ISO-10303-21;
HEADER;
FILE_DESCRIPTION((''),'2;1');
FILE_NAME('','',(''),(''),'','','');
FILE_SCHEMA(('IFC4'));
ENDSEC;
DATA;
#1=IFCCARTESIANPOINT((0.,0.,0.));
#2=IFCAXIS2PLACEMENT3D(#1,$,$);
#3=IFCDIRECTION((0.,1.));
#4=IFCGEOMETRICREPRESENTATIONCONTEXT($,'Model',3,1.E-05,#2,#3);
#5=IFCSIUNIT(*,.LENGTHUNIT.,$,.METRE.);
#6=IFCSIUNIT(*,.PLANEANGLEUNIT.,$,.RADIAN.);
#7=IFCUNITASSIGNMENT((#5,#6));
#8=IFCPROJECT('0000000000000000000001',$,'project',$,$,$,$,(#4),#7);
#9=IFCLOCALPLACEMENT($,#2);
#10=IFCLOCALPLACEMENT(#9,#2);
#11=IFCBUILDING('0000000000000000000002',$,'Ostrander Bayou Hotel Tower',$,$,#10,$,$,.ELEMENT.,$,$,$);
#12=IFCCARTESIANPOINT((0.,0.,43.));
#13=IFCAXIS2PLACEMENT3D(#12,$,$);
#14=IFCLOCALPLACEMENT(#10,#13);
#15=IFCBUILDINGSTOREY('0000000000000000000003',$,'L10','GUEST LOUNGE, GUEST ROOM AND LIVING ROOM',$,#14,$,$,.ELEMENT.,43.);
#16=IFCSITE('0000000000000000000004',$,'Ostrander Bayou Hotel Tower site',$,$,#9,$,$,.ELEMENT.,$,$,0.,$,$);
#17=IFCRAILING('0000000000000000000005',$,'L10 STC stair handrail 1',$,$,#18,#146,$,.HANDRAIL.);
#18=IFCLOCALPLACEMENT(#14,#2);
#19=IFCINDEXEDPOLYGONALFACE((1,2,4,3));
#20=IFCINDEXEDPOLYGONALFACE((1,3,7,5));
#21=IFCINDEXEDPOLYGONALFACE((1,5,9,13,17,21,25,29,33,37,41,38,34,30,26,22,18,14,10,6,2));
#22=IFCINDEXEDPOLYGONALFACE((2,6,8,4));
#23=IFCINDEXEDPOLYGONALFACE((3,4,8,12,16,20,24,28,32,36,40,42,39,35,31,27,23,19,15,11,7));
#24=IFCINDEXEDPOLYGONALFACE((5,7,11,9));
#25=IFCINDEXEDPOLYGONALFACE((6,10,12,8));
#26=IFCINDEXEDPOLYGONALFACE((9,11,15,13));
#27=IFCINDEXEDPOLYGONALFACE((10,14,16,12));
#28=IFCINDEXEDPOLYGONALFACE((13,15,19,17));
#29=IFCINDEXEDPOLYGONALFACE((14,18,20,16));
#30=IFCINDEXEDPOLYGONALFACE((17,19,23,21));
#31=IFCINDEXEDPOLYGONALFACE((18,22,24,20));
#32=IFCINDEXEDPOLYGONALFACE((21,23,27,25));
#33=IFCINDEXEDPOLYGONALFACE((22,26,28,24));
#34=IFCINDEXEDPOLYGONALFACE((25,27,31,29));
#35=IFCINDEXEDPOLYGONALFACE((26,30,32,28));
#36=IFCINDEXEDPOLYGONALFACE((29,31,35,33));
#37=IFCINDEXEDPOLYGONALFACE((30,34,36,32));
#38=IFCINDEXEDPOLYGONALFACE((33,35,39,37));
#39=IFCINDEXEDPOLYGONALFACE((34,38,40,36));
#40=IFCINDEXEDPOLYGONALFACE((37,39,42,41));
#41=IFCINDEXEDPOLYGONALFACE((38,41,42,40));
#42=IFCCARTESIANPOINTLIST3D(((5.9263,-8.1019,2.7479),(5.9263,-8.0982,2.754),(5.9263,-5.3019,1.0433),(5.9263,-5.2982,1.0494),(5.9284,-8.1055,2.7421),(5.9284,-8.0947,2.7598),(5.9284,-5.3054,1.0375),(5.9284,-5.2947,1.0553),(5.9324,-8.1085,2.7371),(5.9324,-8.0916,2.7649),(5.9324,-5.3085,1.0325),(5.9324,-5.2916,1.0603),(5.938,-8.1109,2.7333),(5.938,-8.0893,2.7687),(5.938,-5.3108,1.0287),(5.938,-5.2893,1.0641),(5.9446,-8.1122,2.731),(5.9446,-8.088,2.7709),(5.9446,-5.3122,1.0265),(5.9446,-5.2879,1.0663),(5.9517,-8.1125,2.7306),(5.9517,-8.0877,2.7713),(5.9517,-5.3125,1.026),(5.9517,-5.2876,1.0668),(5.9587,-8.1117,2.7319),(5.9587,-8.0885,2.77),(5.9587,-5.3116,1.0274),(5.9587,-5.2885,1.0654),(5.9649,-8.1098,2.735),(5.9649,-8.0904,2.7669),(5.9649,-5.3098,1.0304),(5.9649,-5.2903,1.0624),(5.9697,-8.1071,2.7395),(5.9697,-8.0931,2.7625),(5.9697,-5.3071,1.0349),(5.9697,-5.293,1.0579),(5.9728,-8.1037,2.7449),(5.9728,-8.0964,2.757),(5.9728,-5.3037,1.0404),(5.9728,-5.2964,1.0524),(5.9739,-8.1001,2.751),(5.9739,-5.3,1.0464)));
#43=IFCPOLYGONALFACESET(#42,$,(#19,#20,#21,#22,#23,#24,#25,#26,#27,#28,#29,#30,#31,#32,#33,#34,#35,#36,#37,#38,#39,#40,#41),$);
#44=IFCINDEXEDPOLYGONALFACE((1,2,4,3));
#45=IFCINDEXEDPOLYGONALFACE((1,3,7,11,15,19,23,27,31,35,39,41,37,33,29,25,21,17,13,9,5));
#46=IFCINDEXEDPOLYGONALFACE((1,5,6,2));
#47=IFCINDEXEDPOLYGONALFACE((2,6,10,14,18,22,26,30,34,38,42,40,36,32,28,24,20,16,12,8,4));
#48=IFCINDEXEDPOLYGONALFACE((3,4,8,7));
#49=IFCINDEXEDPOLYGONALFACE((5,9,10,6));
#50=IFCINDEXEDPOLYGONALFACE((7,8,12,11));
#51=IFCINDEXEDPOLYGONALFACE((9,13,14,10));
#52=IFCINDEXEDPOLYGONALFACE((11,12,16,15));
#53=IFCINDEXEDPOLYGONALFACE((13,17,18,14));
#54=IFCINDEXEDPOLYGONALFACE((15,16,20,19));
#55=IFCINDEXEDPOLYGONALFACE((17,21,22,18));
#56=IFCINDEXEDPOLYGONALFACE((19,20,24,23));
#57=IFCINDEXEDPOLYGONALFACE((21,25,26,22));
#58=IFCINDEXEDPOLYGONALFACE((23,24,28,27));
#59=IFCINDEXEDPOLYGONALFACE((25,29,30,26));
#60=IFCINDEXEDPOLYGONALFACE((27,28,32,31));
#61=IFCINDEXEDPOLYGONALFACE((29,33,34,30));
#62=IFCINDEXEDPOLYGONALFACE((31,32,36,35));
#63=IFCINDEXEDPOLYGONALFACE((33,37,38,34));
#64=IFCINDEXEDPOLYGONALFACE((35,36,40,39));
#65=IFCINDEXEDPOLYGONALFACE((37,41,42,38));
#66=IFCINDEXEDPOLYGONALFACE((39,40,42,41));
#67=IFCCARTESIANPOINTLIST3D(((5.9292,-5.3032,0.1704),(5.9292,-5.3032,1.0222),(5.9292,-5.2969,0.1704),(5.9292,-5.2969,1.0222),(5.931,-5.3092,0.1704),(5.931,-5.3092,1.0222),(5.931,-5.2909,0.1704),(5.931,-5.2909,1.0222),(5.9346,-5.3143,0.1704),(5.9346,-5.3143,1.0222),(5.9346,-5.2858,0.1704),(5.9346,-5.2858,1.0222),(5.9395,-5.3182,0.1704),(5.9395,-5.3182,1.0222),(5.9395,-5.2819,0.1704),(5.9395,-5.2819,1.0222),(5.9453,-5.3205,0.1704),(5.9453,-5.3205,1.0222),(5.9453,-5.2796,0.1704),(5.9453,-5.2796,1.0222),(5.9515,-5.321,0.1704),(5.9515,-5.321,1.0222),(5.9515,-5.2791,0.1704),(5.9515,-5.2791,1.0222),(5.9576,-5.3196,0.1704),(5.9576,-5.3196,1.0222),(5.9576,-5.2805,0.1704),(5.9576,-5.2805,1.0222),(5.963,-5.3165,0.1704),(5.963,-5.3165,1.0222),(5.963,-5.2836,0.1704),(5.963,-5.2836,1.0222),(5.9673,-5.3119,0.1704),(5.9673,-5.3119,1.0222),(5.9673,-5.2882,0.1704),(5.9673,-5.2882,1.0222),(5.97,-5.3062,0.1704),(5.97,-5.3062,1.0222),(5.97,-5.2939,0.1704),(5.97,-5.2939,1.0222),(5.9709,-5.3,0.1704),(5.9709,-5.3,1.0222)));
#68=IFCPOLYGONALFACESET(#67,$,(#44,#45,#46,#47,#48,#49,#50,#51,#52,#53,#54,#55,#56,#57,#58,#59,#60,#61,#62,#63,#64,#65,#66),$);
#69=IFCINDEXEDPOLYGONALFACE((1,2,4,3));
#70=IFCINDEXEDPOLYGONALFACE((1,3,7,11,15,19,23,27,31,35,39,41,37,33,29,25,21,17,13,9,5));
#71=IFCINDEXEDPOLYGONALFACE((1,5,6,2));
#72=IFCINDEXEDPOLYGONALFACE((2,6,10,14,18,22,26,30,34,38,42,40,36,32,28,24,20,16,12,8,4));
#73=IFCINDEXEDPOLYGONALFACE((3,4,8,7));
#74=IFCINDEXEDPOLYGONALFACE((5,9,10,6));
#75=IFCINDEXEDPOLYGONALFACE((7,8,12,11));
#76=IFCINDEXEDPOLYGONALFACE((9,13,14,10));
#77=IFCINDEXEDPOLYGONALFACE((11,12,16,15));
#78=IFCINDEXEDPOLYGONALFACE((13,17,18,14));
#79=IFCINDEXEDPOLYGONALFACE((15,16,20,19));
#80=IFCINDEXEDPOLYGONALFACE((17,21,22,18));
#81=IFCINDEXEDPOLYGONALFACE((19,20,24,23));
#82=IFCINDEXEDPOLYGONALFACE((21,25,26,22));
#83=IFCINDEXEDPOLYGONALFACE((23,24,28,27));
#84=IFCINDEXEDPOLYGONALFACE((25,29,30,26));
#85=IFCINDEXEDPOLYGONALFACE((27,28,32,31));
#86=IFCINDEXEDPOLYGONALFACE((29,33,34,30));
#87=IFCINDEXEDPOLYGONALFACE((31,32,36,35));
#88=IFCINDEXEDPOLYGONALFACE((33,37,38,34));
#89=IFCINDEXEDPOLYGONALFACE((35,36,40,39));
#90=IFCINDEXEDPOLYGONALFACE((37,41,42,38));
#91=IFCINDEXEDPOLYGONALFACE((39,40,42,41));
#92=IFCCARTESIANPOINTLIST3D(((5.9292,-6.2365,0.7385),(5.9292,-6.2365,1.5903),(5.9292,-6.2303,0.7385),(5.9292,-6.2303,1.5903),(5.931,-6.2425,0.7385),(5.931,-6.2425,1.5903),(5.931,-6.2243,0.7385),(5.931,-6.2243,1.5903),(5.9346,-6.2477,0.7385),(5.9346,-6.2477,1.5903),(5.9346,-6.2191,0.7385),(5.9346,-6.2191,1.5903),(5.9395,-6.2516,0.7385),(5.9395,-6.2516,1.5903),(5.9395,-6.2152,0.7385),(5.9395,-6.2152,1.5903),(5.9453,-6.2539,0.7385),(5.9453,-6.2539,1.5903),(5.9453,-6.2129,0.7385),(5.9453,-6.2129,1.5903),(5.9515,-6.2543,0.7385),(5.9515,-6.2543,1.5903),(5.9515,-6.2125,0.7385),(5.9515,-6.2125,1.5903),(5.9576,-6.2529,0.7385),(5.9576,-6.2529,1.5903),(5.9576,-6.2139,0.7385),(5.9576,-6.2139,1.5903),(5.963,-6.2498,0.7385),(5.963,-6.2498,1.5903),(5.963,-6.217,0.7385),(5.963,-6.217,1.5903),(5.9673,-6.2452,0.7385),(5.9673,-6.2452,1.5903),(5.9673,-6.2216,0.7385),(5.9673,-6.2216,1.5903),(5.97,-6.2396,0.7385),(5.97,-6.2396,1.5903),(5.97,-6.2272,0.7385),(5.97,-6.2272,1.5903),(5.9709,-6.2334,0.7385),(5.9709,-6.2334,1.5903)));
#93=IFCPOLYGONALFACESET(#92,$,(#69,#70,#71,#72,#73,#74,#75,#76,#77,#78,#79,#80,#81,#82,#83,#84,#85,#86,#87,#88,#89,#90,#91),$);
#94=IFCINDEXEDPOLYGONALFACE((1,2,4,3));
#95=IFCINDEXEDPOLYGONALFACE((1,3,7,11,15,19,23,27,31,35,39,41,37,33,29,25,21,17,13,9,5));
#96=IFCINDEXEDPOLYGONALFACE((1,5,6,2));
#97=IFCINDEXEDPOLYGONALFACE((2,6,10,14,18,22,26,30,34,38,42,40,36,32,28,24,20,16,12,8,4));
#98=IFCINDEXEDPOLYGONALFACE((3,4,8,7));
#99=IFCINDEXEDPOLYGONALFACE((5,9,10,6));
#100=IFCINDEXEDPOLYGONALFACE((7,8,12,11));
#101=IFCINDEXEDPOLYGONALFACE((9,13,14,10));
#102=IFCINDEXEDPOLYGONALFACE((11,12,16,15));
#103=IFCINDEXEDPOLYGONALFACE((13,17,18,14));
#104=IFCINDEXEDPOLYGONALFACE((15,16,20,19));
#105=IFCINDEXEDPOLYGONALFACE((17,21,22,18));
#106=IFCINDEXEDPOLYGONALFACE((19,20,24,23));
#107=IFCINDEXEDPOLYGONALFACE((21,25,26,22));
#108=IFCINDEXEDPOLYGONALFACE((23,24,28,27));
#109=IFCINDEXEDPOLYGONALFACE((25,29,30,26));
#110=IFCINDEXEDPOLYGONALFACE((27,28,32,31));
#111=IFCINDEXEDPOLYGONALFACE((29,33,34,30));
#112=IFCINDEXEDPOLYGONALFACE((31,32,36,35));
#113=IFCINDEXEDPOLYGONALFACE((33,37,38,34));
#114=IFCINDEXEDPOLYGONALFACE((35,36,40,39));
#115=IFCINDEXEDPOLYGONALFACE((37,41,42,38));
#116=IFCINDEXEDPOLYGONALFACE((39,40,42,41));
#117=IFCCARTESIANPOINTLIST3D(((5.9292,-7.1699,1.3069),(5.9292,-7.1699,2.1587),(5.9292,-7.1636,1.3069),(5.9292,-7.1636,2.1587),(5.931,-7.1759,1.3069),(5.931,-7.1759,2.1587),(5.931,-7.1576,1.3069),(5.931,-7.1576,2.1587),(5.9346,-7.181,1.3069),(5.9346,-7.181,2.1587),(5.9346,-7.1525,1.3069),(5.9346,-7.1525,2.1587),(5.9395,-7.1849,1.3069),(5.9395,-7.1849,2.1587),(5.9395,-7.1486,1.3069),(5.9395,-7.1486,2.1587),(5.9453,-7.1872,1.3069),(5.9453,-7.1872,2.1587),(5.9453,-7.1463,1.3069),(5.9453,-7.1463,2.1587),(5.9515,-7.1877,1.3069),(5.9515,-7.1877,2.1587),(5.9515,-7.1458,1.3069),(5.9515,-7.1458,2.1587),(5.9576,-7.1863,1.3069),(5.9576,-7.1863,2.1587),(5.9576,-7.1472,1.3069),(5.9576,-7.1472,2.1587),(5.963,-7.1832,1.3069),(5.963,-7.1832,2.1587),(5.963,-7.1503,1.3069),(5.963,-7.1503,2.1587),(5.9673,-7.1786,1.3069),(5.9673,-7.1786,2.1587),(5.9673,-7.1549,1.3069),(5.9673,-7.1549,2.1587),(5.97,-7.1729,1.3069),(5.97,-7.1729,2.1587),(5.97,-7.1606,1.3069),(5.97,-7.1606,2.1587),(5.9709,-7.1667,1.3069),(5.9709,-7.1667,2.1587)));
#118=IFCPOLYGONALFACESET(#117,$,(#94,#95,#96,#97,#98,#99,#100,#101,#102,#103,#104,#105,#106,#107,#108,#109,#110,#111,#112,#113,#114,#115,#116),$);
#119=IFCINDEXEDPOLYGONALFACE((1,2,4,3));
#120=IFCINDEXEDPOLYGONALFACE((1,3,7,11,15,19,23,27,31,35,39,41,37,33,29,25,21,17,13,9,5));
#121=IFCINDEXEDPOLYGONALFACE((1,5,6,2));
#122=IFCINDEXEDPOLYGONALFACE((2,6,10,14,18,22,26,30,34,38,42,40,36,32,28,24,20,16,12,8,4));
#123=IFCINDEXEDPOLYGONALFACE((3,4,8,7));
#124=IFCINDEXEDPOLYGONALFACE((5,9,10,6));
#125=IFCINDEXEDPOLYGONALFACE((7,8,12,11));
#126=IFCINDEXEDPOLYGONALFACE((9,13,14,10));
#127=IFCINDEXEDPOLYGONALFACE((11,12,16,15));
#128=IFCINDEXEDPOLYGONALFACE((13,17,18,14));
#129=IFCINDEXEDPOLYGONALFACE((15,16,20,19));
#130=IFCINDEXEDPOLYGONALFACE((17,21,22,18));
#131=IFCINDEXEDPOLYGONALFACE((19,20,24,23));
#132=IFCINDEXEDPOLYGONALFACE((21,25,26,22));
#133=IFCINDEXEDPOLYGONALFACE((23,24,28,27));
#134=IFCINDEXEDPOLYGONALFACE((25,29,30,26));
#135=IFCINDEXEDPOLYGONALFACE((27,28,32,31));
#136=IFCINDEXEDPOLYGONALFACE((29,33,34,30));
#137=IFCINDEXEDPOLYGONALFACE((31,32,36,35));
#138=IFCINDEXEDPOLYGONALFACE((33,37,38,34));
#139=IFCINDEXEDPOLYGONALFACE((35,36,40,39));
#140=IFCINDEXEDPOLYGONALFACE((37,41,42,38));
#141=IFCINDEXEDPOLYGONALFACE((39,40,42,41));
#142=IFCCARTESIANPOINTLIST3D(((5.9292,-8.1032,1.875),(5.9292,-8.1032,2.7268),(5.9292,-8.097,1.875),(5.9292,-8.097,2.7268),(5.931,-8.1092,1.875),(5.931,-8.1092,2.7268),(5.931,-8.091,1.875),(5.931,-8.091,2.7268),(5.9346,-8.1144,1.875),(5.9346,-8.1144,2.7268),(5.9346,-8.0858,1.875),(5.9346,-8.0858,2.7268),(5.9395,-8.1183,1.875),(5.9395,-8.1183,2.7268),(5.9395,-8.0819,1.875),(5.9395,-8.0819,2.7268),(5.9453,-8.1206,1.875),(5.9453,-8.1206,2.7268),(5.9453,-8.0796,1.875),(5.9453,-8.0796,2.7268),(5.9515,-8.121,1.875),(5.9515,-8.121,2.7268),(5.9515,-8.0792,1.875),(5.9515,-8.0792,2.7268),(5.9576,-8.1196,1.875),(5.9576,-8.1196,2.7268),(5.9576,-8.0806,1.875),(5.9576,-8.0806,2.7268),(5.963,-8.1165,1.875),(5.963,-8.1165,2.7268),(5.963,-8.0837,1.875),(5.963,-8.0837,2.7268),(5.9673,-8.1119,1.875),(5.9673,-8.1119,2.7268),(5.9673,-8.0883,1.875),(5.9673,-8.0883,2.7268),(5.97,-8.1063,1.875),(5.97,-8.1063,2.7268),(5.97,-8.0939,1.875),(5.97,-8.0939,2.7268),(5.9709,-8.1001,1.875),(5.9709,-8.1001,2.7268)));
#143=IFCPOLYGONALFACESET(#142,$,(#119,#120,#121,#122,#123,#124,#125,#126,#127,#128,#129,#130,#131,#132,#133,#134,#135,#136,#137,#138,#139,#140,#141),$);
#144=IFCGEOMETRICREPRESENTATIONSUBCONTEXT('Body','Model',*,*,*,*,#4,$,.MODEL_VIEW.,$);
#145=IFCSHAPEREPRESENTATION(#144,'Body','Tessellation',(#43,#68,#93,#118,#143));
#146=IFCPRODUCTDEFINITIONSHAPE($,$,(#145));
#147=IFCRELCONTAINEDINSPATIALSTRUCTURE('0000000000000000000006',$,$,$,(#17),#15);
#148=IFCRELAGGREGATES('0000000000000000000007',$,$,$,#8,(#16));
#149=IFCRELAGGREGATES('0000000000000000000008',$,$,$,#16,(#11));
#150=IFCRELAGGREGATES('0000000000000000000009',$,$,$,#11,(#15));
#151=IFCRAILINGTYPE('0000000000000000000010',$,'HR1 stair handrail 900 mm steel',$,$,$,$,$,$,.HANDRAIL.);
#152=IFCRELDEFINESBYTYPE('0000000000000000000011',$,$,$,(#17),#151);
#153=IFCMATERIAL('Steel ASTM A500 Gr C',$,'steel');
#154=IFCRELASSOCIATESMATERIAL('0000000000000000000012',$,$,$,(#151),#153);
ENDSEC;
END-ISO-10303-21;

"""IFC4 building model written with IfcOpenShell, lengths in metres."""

from ifc_helpers import new_model, si_unit, direction, frame, origin, origin_2d, place, context, subcontext, project, spatial, circle, extrude, material, type_object, element, save


model = new_model("IFC4")

# Units and contexts
model_context = context("Model", 3, precision=1e-05, world=origin(), true_north=direction((0.0, 1.0)))
body_context = subcontext(model_context, "Body", "Model", "MODEL_VIEW")
ifc_project = project(units=[si_unit("LENGTHUNIT", "METRE"), si_unit("PLANEANGLEUNIT", "RADIAN")], contexts=[model_context])

# Site, building, storey
site_placement = place(None, origin())
site = spatial("IfcSite", under=ifc_project, at=site_placement, Name="Ostrander Bayou Hotel Tower site", CompositionType="ELEMENT", RefElevation=0.0)
building_placement = place(site_placement, origin())
building = spatial("IfcBuilding", under=site, at=building_placement, Name="Ostrander Bayou Hotel Tower", CompositionType="ELEMENT")
storey_placement = place(building_placement, frame((0.0, 0.0, 43.0)))
storey = spatial("IfcBuildingStorey", under=building, at=storey_placement, Name="L10", Description="GUEST LOUNGE, GUEST ROOM AND LIVING ROOM", CompositionType="ELEMENT", Elevation=43.0)

# Railing
ifc_material_1 = material(Name="Steel ASTM A500 Gr C", Category="steel")
railing_type_1 = type_object("IfcRailingType", Name="HR1 stair handrail 900 mm steel", PredefinedType="HANDRAIL", material=ifc_material_1)
railing_1_placement = place(storey_placement, frame((5.95, -5.3, 0.1704)))
element("IfcRailing", 1, at=railing_1_placement, inside=storey, type_object=railing_type_1, Name="L10 STC stair handrail 1", PredefinedType="HANDRAIL", context=body_context, shape_type="SweptSolid", body=[
    extrude(circle(Radius=0.0239, at=origin_2d()), frame((0.0, 0.0, 0.876), z_axis=(0.0, -0.85417, 0.519994), x_axis=(1.0, 0.0, 0.0)), (0.0, 0.0, 1.0), 3.2781),
    extrude(circle(Radius=0.021, at=origin_2d()), origin(), (0.0, 0.0, 1.0), 0.8518),
    extrude(circle(Radius=0.021, at=origin_2d()), frame((0.0, -0.9333, 0.5681)), (0.0, 0.0, 1.0), 0.8518),
    extrude(circle(Radius=0.021, at=origin_2d()), frame((0.0, -1.8667, 1.1365)), (0.0, 0.0, 1.0), 0.8518),
    extrude(circle(Radius=0.021, at=origin_2d()), frame((0.0, -2.8, 1.7046)), (0.0, 0.0, 1.0), 0.8518),
])

save(model, "model.ifc")
